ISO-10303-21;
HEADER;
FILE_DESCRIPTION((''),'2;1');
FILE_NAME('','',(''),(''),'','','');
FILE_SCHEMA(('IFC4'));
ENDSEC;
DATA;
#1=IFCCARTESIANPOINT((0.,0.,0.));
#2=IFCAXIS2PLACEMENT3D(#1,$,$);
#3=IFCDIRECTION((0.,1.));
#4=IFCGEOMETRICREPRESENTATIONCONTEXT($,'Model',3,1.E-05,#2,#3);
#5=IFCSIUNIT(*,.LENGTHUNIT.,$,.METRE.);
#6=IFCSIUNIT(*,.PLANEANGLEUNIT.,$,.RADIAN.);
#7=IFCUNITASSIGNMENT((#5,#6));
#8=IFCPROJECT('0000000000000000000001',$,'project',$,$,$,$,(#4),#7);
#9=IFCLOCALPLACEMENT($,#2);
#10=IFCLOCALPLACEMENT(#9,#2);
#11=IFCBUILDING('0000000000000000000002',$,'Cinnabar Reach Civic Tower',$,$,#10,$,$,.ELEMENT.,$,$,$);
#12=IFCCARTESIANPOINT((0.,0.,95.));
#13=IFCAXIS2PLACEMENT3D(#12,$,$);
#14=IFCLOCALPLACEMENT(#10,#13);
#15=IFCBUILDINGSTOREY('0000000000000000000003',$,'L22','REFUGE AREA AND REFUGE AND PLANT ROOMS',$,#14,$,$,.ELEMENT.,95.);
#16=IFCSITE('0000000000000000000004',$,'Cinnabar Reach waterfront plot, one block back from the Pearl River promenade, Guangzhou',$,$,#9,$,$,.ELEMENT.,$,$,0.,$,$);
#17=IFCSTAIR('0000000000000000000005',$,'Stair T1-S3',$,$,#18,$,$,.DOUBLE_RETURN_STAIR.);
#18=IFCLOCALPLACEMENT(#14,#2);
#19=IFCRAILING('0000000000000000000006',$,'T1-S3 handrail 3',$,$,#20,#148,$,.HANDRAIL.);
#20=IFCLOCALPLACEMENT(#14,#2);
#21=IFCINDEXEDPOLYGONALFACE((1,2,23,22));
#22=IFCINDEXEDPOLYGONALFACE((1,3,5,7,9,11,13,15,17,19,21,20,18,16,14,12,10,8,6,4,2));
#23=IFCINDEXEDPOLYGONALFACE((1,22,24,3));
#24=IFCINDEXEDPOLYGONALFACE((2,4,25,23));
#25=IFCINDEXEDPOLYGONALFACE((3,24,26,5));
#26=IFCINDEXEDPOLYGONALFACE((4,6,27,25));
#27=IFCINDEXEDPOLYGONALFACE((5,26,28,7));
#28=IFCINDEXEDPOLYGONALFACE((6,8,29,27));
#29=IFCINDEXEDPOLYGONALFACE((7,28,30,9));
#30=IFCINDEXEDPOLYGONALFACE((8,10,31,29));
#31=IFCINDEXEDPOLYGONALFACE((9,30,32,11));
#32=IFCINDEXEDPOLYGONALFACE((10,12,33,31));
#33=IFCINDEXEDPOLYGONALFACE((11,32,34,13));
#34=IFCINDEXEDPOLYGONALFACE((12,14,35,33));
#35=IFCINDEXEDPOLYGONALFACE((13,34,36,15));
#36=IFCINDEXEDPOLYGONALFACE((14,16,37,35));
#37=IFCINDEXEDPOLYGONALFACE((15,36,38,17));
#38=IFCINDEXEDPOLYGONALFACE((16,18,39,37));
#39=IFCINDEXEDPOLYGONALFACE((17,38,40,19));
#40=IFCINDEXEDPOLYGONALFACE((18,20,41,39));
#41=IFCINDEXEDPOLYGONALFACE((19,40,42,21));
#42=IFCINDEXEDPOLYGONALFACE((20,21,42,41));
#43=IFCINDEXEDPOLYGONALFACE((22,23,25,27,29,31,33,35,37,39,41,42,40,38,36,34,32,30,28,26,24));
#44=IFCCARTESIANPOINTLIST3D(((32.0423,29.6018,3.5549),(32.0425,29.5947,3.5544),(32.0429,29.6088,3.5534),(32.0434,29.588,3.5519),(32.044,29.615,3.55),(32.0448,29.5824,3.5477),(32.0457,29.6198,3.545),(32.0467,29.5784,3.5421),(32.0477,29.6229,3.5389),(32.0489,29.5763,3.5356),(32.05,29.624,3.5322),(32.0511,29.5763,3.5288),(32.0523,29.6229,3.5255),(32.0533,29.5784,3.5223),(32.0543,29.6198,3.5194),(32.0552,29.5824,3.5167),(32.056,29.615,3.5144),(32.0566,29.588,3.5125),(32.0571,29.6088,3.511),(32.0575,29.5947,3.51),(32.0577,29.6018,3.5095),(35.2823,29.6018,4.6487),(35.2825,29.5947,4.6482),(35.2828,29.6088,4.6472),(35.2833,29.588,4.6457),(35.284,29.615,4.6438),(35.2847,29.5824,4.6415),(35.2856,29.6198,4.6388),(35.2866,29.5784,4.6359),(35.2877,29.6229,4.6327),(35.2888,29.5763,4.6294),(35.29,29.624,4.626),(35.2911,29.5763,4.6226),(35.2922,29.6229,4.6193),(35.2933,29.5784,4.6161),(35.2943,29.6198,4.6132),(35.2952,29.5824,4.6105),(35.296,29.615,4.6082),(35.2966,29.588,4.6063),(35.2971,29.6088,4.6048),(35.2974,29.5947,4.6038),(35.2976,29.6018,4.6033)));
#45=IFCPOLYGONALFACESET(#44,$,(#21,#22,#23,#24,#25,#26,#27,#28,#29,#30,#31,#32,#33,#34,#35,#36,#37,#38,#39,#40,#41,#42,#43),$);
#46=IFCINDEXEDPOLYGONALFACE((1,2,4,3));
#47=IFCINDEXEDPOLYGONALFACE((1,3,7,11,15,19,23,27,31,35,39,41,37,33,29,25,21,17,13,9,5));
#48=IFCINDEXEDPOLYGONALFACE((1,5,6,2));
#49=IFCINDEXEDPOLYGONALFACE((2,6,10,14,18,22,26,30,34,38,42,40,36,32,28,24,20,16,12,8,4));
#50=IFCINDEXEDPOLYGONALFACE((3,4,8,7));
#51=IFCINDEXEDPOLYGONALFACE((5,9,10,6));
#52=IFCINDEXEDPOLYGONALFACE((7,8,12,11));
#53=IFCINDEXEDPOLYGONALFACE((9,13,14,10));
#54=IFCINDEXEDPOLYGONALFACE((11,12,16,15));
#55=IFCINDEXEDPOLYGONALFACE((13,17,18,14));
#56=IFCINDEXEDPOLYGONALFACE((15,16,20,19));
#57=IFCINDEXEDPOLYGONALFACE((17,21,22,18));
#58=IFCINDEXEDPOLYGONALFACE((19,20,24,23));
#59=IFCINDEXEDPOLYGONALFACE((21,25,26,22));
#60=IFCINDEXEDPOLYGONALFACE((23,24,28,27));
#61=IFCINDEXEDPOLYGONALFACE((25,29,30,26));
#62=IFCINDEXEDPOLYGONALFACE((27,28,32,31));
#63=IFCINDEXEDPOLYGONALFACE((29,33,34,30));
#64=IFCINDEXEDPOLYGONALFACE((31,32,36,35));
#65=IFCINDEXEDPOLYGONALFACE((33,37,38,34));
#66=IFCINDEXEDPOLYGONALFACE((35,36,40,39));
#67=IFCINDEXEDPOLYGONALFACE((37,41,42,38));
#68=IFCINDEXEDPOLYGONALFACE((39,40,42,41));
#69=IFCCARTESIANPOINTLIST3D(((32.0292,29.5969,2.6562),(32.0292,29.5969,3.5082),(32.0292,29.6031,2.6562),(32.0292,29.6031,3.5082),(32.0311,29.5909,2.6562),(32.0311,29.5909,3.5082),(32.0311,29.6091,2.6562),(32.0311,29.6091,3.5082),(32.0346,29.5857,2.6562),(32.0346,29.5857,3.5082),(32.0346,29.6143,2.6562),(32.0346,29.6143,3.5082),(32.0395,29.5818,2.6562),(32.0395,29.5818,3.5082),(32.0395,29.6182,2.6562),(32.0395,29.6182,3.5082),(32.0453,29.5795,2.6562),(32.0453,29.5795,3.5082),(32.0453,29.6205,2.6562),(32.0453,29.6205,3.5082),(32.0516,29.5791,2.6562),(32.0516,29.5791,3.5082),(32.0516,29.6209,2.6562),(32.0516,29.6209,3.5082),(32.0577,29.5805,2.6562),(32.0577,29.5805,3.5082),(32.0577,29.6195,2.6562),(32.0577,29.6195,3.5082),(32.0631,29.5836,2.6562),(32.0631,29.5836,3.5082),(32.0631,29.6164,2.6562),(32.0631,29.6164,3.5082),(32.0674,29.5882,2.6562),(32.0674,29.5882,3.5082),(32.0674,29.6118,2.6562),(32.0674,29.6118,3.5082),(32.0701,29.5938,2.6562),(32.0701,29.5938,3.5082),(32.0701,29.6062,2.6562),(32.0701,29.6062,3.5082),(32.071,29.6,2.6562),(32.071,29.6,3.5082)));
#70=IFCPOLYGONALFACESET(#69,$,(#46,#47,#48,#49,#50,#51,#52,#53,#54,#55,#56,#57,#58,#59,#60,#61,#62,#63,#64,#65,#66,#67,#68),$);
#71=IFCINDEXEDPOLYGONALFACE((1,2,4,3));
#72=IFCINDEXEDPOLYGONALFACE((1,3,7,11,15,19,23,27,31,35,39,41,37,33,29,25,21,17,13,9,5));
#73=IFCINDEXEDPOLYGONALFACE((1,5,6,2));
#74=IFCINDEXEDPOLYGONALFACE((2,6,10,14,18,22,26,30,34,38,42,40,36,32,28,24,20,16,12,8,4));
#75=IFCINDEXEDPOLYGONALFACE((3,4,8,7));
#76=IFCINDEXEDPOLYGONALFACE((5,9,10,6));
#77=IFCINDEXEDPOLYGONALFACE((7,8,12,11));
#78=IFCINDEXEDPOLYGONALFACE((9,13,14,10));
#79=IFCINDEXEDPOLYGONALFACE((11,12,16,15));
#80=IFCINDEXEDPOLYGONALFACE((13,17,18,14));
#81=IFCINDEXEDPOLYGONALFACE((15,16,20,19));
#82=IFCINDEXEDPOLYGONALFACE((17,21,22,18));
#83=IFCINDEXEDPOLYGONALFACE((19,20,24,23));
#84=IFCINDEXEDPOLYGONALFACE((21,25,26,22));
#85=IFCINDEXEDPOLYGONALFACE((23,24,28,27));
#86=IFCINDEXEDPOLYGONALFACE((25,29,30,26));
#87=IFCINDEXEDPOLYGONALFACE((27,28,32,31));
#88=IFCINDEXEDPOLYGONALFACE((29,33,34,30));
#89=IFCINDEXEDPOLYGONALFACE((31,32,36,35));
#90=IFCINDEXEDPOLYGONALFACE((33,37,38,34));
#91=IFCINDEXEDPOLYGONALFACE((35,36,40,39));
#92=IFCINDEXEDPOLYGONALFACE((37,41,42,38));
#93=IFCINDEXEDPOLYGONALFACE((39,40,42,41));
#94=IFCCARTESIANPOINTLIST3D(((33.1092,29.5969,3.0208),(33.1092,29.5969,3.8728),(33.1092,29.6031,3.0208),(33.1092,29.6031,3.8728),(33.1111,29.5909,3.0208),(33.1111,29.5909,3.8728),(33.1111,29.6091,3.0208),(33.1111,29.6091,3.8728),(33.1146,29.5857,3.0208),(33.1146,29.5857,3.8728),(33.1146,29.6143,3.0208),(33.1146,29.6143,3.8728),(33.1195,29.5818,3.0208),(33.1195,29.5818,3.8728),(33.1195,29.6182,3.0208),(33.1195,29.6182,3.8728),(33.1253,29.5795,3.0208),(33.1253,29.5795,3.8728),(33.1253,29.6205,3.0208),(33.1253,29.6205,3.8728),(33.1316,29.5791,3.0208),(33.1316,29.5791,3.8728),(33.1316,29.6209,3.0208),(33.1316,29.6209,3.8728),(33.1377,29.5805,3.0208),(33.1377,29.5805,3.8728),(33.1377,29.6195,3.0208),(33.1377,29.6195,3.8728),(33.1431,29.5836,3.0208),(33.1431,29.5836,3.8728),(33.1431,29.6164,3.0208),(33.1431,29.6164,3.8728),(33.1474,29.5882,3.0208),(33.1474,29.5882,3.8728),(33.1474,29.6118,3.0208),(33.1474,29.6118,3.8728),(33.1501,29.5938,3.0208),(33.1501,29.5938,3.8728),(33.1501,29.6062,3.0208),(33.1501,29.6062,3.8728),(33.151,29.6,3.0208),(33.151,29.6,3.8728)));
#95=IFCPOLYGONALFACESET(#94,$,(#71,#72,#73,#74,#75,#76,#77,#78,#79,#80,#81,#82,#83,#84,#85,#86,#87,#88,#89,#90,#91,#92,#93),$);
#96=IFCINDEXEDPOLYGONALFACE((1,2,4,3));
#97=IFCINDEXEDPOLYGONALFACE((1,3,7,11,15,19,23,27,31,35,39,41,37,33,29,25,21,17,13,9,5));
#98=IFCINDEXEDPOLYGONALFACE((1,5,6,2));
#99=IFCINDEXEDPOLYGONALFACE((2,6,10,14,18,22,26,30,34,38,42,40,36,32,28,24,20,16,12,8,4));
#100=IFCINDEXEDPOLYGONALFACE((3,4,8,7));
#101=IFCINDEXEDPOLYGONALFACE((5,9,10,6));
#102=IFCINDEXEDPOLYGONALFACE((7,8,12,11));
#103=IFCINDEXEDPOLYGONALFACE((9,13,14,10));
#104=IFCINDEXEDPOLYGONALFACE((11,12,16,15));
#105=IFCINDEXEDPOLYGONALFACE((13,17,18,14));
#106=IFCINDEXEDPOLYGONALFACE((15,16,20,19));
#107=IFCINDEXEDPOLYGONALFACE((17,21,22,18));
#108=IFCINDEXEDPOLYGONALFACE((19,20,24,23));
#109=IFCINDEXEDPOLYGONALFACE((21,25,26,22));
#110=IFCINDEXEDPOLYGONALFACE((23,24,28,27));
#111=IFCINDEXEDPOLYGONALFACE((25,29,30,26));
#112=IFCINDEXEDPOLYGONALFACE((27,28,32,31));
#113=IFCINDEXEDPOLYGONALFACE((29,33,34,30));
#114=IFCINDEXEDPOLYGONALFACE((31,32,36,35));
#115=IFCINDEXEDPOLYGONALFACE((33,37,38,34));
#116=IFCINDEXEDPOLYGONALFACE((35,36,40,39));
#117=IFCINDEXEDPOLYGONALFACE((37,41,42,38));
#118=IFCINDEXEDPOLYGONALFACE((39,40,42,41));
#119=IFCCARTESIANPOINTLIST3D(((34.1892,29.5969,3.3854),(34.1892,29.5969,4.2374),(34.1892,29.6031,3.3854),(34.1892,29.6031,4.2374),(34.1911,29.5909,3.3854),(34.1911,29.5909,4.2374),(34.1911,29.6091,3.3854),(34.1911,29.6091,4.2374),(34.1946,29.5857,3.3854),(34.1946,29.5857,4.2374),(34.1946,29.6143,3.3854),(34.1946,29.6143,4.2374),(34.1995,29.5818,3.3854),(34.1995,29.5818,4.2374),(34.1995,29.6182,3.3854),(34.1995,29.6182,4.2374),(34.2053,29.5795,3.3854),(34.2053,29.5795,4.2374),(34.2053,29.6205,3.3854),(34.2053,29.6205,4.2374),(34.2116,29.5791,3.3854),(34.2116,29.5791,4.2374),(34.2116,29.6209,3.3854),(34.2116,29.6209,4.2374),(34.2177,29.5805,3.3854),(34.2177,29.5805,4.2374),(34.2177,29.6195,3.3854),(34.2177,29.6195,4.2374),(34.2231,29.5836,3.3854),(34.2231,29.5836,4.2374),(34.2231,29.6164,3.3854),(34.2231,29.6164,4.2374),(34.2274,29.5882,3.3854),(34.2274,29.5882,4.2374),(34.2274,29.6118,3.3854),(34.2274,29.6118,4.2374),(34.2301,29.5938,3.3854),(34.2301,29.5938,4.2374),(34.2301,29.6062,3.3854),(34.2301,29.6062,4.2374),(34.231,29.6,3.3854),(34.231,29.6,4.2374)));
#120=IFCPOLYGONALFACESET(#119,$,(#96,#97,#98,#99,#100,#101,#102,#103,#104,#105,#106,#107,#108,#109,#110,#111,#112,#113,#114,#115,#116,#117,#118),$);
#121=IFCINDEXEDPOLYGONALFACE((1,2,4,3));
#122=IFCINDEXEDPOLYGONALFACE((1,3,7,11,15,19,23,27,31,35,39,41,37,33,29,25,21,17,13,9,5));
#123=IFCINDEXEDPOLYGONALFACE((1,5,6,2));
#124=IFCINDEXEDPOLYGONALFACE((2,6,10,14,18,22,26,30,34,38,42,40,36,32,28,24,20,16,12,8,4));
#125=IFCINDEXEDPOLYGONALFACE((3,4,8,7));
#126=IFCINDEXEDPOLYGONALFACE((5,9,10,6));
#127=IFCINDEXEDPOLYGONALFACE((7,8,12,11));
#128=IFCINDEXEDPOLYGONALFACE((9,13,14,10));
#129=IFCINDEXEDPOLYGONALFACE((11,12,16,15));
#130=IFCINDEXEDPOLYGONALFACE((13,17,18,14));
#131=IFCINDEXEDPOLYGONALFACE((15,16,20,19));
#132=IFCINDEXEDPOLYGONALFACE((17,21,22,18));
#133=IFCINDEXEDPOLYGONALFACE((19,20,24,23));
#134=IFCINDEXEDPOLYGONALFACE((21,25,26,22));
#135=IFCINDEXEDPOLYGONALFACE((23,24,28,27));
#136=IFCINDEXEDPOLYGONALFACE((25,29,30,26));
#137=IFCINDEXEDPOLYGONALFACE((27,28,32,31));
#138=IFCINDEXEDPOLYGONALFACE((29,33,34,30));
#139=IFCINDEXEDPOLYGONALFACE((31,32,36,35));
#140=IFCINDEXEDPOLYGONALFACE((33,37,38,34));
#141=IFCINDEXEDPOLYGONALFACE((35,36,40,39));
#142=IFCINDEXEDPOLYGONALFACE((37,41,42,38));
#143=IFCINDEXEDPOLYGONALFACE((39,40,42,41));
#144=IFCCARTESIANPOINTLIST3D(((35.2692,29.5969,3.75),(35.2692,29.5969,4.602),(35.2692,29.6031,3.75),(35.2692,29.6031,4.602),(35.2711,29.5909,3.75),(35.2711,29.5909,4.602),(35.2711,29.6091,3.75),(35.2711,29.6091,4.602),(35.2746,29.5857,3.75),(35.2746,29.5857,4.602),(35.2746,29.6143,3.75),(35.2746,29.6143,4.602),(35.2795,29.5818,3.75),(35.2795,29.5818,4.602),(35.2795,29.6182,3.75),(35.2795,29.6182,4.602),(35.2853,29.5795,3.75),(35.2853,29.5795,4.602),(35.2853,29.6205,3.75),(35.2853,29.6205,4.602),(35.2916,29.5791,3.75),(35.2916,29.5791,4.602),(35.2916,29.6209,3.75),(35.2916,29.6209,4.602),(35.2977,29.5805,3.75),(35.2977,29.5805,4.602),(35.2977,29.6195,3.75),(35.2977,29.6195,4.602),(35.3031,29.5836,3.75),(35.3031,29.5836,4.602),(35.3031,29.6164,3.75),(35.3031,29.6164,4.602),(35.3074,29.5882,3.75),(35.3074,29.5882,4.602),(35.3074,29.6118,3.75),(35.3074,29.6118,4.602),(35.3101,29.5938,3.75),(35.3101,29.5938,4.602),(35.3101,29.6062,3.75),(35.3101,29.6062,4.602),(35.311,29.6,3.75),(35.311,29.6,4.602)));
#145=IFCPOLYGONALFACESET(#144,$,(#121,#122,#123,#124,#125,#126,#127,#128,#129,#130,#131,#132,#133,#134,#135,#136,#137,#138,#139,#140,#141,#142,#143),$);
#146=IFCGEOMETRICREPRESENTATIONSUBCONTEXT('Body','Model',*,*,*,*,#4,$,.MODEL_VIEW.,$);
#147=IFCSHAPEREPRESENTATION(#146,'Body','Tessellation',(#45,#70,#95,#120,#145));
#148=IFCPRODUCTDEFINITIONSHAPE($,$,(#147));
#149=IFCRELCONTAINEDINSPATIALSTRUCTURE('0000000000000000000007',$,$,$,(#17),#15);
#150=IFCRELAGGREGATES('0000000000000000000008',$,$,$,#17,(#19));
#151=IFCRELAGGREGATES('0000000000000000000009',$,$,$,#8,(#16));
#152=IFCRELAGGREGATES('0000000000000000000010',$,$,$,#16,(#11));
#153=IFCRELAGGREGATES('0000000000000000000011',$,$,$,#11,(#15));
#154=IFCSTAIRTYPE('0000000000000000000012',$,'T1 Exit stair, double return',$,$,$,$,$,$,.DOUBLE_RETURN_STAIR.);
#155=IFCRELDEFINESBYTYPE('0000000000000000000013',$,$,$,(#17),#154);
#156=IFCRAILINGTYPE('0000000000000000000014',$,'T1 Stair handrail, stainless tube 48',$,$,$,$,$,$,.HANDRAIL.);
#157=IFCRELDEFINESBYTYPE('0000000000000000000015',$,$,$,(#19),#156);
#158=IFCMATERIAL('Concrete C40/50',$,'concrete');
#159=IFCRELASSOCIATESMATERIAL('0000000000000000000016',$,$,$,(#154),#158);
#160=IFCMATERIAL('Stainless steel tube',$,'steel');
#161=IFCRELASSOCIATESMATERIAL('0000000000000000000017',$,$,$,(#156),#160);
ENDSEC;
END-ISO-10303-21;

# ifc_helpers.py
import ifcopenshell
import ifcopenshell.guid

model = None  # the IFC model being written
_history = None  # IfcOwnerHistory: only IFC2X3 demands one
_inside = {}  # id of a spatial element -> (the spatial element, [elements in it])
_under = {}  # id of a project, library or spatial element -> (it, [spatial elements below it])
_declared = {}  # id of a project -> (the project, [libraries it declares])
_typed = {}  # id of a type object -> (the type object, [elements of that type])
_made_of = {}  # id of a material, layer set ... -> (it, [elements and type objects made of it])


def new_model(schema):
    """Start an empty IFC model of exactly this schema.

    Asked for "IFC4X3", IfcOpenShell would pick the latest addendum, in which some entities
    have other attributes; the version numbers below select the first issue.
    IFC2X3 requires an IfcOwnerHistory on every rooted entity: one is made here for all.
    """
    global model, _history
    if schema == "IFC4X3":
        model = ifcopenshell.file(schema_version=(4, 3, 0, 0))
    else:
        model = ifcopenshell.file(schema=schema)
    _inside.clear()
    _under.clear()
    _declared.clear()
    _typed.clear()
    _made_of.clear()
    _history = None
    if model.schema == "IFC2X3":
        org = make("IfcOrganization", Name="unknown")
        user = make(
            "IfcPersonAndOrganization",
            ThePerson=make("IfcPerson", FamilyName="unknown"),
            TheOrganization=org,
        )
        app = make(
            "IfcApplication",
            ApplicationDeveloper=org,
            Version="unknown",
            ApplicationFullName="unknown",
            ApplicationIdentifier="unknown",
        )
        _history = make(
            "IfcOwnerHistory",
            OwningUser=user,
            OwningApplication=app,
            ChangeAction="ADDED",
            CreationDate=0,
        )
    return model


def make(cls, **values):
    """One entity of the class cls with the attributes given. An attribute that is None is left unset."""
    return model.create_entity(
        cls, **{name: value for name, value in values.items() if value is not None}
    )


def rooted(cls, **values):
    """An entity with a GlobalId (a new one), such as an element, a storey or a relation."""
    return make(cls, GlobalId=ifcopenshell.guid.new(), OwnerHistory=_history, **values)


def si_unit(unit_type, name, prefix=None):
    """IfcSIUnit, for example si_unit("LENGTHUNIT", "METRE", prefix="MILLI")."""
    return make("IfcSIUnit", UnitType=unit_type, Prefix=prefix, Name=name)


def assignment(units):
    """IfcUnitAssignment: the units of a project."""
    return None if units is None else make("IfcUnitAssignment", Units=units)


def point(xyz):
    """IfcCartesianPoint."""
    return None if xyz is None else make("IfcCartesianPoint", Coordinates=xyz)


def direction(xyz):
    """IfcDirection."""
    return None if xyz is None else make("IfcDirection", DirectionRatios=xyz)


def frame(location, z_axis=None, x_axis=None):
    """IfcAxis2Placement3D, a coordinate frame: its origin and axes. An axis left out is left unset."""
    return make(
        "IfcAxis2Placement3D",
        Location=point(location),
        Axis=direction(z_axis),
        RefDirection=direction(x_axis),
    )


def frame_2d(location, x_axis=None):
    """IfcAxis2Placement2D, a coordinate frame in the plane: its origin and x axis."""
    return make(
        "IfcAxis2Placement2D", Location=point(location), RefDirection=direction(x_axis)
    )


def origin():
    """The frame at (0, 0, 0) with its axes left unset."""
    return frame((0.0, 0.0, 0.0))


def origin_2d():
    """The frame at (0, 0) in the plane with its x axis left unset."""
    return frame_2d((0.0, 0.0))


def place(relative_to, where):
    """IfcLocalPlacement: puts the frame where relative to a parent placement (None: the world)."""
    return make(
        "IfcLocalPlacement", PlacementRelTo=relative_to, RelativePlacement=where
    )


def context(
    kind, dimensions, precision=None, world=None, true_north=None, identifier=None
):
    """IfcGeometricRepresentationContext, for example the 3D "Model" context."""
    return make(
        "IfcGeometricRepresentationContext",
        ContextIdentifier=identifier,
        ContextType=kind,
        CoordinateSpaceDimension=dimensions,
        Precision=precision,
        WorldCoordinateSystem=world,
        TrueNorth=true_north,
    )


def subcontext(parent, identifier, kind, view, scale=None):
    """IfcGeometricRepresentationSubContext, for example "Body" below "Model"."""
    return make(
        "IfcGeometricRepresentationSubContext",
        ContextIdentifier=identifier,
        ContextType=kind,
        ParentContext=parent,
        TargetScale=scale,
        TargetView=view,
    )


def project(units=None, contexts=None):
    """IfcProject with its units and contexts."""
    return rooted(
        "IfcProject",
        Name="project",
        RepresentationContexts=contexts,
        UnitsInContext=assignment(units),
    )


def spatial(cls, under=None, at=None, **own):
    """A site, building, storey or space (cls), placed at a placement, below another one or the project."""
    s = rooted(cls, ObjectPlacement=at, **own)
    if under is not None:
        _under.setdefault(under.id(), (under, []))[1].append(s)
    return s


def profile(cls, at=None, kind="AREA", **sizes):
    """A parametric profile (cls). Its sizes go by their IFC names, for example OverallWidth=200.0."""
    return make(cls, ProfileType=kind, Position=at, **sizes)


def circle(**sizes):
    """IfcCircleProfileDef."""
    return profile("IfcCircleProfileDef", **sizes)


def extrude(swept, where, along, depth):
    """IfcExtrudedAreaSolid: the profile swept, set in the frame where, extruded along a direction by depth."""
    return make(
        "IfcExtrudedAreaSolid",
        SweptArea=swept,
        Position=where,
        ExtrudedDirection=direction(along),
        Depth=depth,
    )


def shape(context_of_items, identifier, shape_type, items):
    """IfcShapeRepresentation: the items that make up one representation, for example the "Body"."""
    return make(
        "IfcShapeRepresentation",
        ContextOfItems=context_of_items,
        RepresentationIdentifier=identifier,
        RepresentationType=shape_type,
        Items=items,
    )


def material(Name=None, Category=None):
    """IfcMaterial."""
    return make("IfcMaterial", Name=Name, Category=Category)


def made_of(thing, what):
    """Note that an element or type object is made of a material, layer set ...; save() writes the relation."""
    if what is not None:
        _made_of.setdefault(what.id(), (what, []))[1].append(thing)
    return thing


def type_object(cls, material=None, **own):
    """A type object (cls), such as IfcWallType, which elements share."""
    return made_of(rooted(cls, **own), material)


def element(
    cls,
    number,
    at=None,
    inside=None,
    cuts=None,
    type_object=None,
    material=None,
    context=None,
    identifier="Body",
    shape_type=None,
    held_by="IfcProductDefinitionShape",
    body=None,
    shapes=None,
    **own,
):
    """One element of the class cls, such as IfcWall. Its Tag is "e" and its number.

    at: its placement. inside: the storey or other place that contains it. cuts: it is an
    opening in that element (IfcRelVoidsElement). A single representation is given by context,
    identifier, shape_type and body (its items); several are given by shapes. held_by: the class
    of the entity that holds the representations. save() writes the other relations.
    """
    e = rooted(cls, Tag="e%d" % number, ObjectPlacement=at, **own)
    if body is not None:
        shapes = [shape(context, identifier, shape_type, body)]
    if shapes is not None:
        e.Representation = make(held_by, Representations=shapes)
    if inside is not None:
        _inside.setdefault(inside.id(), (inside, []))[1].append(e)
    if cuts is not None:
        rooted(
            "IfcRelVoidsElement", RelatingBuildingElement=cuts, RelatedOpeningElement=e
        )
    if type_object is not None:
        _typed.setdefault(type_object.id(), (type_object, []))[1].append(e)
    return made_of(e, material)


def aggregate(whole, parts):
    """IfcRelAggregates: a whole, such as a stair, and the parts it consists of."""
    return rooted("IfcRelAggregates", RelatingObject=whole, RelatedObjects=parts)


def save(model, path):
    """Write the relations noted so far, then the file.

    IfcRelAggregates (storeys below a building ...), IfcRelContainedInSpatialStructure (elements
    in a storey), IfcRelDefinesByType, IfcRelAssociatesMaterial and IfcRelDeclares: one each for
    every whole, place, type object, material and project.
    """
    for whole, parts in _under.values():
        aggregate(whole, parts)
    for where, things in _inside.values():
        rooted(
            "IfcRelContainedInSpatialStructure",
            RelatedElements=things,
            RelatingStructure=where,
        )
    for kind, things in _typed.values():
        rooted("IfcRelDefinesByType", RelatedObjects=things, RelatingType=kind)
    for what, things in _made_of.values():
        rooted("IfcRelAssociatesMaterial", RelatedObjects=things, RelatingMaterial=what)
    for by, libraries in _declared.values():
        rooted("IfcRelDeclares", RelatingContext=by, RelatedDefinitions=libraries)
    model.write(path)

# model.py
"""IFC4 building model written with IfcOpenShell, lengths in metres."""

from ifc_helpers import new_model, si_unit, direction, frame, origin, origin_2d, place, context, subcontext, project, spatial, circle, extrude, material, type_object, element, aggregate, save


model = new_model("IFC4")

# Units and contexts
model_context = context("Model", 3, precision=1e-05, world=origin(), true_north=direction((0.0, 1.0)))
body_context = subcontext(model_context, "Body", "Model", "MODEL_VIEW")
ifc_project = project(units=[si_unit("LENGTHUNIT", "METRE"), si_unit("PLANEANGLEUNIT", "RADIAN")], contexts=[model_context])

# Site, building, storey
site_placement = place(None, origin())
site = spatial("IfcSite", under=ifc_project, at=site_placement, Name="Cinnabar Reach waterfront plot, one block back from the Pearl River promenade, Guangzhou", CompositionType="ELEMENT", RefElevation=0.0)
building_placement = place(site_placement, origin())
building = spatial("IfcBuilding", under=site, at=building_placement, Name="Cinnabar Reach Civic Tower", CompositionType="ELEMENT")
storey_placement = place(building_placement, frame((0.0, 0.0, 95.0)))
storey = spatial("IfcBuildingStorey", under=building, at=storey_placement, Name="L22", Description="REFUGE AREA AND REFUGE AND PLANT ROOMS", CompositionType="ELEMENT", Elevation=95.0)

# Stair, railing
ifc_material_1 = material(Name="Concrete C40/50", Category="concrete")
stair_type = type_object("IfcStairType", Name="T1 Exit stair, double return", PredefinedType="DOUBLE_RETURN_STAIR", material=ifc_material_1)
stair_placement = place(storey_placement, origin())
stair = element("IfcStair", 1, at=stair_placement, inside=storey, type_object=stair_type, Name="Stair T1-S3", PredefinedType="DOUBLE_RETURN_STAIR")
ifc_material_2 = material(Name="Stainless steel tube", Category="steel")
railing_type = type_object("IfcRailingType", Name="T1 Stair handrail, stainless tube 48", PredefinedType="HANDRAIL", material=ifc_material_2)
railing_1_placement = place(storey_placement, frame((32.05, 29.6, 2.6562)))
railing_1 = element("IfcRailing", 2, at=railing_1_placement, type_object=railing_type, Name="T1-S3 handrail 3", PredefinedType="HANDRAIL", context=body_context, shape_type="SweptSolid", body=[
    extrude(circle(Radius=0.024, at=origin_2d()), frame((0.0, 0.0, 0.876), z_axis=(0.947466, 0.0, 0.319857), x_axis=(0.0, 1.0, 0.0)), (0.0, 0.0, 1.0), 3.4196),
    extrude(circle(Radius=0.021, at=origin_2d()), origin(), (0.0, 0.0, 1.0), 0.852),
    extrude(circle(Radius=0.021, at=origin_2d()), frame((1.08, 0.0, 0.3646)), (0.0, 0.0, 1.0), 0.852),
    extrude(circle(Radius=0.021, at=origin_2d()), frame((2.16, 0.0, 0.7292)), (0.0, 0.0, 1.0), 0.852),
    extrude(circle(Radius=0.021, at=origin_2d()), frame((3.24, 0.0, 1.0938)), (0.0, 0.0, 1.0), 0.852),
])
aggregate(stair, [railing_1])

save(model, "model.ifc")
